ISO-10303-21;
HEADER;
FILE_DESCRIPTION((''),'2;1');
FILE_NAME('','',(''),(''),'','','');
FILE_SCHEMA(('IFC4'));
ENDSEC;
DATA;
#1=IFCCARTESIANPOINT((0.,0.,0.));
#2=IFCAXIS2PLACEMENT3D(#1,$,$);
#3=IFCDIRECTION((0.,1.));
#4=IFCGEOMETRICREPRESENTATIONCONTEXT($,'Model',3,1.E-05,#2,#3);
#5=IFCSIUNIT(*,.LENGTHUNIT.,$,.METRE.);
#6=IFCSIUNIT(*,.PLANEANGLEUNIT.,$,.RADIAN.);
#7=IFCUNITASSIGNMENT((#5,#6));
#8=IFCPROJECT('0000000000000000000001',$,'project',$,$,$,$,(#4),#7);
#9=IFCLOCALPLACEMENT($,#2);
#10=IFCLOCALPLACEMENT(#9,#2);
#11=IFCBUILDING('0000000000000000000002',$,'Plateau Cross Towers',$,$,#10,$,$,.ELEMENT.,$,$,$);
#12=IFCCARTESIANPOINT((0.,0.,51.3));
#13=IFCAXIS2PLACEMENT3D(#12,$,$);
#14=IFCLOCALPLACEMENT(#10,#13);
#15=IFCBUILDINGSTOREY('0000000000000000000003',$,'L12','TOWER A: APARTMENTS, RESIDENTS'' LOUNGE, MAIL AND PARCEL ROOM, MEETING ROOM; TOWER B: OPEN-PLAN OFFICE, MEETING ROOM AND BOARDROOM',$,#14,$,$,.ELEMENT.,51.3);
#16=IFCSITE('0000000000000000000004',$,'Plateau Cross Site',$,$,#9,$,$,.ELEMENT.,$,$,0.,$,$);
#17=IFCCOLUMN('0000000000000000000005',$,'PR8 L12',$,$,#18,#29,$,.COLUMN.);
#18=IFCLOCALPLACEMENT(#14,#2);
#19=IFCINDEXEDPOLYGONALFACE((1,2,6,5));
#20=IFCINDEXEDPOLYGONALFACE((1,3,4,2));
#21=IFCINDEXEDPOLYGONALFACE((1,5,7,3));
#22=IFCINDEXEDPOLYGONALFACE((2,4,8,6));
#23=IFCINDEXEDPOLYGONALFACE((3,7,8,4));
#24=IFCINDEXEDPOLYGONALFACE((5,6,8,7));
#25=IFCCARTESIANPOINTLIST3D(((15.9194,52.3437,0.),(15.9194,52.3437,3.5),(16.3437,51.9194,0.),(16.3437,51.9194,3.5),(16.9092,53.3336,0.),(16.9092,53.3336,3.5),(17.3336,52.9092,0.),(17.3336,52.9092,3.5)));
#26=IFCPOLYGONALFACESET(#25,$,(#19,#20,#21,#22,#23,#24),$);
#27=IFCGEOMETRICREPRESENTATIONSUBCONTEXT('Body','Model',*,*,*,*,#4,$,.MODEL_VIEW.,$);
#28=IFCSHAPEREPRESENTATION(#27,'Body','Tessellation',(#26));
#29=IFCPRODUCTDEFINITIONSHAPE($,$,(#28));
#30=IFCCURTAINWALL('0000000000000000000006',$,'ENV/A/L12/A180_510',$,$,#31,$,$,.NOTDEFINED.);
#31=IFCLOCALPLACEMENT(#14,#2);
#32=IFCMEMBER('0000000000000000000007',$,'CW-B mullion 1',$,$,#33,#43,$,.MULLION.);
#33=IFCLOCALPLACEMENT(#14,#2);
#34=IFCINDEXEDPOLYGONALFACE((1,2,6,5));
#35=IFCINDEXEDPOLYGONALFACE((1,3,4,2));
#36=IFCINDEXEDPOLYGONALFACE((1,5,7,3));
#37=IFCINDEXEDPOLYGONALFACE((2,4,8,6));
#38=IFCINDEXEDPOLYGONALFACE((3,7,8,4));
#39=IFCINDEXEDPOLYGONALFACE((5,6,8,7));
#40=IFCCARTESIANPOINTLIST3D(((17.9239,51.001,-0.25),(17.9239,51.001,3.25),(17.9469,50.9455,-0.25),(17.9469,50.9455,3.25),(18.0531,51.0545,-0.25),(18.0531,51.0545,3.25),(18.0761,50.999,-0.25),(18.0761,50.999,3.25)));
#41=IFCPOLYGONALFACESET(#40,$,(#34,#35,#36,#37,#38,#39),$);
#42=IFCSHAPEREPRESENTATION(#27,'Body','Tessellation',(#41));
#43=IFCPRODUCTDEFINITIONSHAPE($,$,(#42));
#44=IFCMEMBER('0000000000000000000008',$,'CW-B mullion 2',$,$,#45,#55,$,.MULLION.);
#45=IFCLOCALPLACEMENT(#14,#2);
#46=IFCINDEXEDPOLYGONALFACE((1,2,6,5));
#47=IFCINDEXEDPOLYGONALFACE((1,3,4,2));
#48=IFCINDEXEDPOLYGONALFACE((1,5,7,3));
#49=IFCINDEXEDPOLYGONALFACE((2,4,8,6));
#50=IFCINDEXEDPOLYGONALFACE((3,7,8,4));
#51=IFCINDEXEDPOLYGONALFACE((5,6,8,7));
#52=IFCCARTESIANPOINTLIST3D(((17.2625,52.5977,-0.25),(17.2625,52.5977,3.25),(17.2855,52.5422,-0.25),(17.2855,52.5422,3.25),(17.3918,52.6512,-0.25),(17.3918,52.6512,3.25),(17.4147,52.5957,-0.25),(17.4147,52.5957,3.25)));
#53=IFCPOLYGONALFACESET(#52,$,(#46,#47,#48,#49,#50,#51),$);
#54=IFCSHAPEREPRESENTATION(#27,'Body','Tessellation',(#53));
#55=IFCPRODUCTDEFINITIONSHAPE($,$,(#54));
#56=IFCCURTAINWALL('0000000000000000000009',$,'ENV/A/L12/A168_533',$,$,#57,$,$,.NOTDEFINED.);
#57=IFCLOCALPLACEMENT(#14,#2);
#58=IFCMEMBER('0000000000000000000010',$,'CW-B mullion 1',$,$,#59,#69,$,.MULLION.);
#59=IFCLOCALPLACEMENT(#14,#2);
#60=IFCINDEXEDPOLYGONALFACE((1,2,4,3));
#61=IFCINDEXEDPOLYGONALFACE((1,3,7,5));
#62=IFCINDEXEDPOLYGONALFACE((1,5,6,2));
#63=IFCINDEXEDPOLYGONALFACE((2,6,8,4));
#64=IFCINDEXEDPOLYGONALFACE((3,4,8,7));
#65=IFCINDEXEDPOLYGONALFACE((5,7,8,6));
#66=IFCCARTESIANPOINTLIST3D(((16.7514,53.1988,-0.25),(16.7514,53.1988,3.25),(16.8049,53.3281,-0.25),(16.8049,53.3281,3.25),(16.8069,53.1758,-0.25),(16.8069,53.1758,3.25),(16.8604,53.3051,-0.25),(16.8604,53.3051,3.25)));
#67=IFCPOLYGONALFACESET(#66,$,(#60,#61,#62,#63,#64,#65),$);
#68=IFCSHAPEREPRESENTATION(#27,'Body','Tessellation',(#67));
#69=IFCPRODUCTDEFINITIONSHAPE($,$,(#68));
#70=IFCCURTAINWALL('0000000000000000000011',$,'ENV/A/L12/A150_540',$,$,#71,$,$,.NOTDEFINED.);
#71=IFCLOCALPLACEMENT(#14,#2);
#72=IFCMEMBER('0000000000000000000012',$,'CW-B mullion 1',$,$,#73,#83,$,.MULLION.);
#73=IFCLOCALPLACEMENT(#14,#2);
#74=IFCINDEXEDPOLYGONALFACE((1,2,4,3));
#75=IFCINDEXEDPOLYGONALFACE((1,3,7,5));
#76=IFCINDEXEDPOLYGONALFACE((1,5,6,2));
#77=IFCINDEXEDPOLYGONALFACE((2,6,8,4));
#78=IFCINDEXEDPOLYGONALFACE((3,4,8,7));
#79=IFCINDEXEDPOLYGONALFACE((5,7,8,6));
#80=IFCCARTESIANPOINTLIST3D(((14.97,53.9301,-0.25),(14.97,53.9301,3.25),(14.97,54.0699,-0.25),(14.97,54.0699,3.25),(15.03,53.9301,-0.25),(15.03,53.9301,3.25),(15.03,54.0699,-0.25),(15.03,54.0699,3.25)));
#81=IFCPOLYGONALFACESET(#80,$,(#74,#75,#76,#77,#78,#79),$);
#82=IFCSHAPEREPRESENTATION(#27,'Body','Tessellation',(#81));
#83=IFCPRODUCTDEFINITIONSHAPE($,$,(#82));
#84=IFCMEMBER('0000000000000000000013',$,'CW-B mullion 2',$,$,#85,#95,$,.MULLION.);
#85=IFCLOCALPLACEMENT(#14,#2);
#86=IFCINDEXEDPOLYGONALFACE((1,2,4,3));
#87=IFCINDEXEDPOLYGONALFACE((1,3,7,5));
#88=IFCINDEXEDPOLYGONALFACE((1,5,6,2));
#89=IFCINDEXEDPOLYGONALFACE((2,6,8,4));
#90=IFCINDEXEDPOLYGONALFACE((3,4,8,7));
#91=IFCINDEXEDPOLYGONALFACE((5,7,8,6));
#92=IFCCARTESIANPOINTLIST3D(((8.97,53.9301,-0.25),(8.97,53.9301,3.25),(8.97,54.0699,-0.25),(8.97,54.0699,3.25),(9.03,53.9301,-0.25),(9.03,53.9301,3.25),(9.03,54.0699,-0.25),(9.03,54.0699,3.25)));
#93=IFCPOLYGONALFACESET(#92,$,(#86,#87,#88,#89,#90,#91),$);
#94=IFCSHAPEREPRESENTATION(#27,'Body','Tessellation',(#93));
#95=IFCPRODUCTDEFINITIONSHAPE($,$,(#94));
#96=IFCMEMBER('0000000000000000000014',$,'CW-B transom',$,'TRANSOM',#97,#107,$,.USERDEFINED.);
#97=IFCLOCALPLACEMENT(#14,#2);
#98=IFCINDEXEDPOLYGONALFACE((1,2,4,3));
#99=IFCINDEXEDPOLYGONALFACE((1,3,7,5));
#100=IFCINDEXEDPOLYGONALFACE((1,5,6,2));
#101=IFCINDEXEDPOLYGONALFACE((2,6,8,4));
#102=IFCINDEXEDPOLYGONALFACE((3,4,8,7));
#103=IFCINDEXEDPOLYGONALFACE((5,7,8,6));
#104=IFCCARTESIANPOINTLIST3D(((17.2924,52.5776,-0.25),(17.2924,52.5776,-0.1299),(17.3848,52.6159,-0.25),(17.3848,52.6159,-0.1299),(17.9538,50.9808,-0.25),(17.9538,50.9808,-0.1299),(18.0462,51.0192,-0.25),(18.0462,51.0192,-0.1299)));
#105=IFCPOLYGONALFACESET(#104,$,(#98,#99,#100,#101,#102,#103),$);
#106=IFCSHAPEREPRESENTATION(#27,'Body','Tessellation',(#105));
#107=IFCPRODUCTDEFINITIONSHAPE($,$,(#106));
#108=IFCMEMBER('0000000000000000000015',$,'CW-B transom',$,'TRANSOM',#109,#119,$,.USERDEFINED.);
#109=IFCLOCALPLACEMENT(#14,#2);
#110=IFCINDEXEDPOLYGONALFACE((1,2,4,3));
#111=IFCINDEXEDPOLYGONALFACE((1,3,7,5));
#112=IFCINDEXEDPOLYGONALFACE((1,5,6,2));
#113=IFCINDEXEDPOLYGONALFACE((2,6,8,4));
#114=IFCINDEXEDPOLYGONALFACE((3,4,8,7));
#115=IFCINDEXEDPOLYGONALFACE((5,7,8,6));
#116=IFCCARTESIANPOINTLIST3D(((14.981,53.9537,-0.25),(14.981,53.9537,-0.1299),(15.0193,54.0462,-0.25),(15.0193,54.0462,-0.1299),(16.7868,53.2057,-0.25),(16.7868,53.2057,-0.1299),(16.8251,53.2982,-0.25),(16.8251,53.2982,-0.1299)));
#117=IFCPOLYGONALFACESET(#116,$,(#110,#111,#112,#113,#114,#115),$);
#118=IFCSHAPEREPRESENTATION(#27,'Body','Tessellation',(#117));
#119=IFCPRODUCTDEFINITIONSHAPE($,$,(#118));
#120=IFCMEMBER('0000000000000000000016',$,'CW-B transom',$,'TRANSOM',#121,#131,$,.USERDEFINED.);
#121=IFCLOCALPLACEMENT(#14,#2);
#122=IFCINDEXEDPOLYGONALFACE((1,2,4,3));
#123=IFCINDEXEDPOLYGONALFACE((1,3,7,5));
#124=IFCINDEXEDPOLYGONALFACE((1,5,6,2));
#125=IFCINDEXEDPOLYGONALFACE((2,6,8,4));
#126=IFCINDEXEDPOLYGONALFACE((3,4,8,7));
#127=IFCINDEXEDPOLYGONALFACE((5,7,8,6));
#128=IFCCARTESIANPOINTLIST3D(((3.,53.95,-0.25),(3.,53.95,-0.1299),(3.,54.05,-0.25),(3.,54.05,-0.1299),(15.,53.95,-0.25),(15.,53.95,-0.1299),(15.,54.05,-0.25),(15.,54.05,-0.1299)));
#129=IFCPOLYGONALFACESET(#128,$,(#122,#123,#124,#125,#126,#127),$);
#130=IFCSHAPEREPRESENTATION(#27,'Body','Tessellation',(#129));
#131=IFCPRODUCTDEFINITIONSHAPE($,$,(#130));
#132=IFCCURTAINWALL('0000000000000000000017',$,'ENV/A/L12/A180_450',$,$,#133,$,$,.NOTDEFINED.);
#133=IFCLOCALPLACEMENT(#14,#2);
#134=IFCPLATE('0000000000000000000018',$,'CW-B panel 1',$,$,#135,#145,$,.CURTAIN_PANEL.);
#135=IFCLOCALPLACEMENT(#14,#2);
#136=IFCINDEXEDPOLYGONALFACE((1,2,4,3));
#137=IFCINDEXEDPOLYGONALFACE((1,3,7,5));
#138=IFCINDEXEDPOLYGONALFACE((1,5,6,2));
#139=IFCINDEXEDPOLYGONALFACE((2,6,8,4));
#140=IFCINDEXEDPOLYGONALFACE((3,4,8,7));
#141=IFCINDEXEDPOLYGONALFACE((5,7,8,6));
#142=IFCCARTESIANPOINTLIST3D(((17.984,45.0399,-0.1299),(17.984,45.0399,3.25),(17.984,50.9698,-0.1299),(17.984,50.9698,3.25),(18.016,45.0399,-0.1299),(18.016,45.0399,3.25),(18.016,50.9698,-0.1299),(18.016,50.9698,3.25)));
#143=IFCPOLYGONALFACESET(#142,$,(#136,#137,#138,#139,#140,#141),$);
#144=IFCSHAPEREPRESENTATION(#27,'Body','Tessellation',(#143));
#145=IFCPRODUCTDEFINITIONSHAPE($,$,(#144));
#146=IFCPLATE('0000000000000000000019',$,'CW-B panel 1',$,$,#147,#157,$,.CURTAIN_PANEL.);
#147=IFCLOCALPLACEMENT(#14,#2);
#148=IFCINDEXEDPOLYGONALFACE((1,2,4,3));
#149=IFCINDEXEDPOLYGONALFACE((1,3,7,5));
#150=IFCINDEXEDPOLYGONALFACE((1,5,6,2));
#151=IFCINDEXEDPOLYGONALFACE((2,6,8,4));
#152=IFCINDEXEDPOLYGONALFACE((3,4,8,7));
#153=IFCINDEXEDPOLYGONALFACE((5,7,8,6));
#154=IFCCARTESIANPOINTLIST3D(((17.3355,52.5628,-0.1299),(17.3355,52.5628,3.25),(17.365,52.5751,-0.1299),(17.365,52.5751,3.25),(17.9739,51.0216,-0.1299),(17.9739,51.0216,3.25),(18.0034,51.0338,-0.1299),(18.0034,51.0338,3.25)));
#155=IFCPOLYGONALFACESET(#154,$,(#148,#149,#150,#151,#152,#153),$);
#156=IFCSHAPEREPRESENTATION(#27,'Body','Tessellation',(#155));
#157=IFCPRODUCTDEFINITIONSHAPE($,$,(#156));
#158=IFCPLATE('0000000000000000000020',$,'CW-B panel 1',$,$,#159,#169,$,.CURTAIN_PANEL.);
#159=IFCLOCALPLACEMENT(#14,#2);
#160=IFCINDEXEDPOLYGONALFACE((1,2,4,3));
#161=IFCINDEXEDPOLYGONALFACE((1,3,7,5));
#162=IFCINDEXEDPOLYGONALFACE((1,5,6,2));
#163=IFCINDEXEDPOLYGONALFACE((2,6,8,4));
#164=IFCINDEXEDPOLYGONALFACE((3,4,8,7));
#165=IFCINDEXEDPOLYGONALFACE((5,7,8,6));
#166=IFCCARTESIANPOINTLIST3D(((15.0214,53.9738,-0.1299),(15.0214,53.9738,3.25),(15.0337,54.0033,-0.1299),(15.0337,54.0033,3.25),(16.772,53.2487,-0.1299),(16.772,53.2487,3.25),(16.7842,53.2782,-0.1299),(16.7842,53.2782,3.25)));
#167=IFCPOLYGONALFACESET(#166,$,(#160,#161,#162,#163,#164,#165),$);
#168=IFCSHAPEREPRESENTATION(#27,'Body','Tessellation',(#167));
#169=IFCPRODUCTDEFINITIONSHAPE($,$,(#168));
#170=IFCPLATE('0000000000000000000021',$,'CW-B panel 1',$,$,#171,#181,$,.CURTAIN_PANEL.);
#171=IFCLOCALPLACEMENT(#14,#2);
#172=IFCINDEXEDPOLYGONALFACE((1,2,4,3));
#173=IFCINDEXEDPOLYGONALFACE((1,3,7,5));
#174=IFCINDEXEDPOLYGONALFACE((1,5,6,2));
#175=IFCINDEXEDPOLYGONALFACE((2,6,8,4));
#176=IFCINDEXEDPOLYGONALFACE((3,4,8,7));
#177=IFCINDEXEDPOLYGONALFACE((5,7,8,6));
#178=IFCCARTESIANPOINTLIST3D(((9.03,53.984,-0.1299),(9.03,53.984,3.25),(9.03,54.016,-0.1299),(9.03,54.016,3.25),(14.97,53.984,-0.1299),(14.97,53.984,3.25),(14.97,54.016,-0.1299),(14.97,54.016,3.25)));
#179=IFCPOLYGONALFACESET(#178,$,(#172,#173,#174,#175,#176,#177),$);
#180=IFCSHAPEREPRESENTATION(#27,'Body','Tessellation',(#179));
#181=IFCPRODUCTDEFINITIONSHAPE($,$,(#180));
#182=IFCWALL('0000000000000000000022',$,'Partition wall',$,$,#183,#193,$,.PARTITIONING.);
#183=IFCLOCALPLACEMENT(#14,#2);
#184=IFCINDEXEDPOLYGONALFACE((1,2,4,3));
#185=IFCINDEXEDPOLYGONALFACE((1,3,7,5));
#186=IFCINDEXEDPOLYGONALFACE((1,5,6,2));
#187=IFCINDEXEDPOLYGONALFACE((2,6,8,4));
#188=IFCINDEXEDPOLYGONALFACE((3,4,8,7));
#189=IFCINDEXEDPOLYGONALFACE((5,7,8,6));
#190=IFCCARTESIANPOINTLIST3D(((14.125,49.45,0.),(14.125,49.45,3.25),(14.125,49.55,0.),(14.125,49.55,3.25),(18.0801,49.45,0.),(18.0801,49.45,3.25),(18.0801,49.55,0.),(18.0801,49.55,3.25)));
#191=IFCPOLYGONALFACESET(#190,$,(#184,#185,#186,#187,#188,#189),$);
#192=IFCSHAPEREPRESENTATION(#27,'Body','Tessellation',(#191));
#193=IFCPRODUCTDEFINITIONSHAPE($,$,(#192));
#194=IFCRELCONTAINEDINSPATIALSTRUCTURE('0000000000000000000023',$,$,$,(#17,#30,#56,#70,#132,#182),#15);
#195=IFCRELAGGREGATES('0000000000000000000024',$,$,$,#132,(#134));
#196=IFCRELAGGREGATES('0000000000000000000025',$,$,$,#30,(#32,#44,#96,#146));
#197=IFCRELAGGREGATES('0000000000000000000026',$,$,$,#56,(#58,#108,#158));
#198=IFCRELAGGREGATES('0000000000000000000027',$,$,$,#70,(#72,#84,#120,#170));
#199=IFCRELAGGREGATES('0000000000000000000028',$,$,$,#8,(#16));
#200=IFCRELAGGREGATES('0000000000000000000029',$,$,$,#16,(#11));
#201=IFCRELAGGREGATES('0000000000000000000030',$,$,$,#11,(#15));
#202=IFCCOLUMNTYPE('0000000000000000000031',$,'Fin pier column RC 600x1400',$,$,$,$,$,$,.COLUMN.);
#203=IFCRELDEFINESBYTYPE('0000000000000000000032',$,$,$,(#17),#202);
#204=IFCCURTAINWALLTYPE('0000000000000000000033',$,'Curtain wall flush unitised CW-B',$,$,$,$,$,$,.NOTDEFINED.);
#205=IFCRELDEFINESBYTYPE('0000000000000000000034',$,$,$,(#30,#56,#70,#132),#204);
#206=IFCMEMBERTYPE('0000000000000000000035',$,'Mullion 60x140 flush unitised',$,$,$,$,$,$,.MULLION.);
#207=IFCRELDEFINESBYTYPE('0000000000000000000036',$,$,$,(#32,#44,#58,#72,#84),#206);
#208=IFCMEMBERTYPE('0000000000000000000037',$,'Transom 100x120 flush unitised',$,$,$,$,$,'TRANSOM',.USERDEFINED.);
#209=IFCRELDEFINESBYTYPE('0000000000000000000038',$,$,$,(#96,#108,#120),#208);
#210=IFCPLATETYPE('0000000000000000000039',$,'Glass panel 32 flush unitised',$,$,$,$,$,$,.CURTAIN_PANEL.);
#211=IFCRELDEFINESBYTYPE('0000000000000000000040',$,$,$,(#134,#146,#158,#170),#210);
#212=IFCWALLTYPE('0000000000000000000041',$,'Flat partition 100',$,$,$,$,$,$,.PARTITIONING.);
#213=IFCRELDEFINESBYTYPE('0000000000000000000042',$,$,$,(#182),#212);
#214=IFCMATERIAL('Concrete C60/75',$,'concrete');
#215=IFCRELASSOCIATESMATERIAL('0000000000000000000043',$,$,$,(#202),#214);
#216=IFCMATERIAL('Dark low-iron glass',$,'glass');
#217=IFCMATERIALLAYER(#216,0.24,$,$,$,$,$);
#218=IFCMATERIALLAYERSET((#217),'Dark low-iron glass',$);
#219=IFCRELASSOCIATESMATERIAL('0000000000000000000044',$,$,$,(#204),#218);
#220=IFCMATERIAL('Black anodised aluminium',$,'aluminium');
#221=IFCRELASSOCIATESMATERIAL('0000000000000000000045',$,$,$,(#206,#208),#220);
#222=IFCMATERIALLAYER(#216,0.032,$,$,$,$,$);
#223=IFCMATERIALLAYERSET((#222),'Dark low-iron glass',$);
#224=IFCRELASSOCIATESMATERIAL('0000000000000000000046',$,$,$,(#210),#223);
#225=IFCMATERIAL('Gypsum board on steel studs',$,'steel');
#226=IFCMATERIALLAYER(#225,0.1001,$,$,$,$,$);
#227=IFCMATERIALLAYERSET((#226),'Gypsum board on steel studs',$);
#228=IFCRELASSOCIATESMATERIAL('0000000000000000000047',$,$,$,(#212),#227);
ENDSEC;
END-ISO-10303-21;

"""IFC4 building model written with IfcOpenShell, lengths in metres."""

from ifc_helpers import new_model, si_unit, direction, frame, frame_2d, origin, origin_2d, place, context, subcontext, project, spatial, rectangle, extrude, material, layer, layer_set, material_profile, profile_set, type_object, element, aggregate, save


model = new_model("IFC4")

# Units and contexts
model_context = context("Model", 3, precision=1e-05, world=origin(), true_north=direction((0.0, 1.0)))
body_context = subcontext(model_context, "Body", "Model", "MODEL_VIEW")
ifc_project = project(units=[si_unit("LENGTHUNIT", "METRE"), si_unit("PLANEANGLEUNIT", "RADIAN")], contexts=[model_context])

# Site, building, storey
site_placement = place(None, origin())
site = spatial("IfcSite", under=ifc_project, at=site_placement, Name="Plateau Cross Site", CompositionType="ELEMENT", RefElevation=0.0)
building_placement = place(site_placement, origin())
building = spatial("IfcBuilding", under=site, at=building_placement, Name="Plateau Cross Towers", CompositionType="ELEMENT")
storey_placement = place(building_placement, frame((0.0, 0.0, 51.3)))
storey = spatial("IfcBuildingStorey", under=building, at=storey_placement, Name="L12", Description="TOWER A: APARTMENTS, RESIDENTS' LOUNGE, MAIL AND PARCEL ROOM, MEETING ROOM; TOWER B: OPEN-PLAN OFFICE, MEETING ROOM AND BOARDROOM", CompositionType="ELEMENT", Elevation=51.3)

# Column
ifc_material_1 = material(Name="Concrete C60/75", Category="concrete")
ifc_material_profile_1 = material_profile(ifc_material_1, rectangle(XDim=0.6001, YDim=1.3999, at=origin_2d()), Name="RC 600x1400")
ifc_profile_set_1 = profile_set([ifc_material_profile_1], Name="Concrete C60/75")
column_type = type_object("IfcColumnType", Name="Fin pier column RC 600x1400", PredefinedType="COLUMN", material=ifc_profile_set_1)
column_placement = place(storey_placement, frame((16.6265, 52.6265, 0.0), z_axis=(0.0, 0.0, 1.0), x_axis=(-0.707107, 0.707107, 0.0)))
element("IfcColumn", 1, at=column_placement, inside=storey, type_object=column_type, Name="PR8 L12", PredefinedType="COLUMN", context=body_context, shape_type="SweptSolid", body=[
    extrude(rectangle(XDim=0.6001, YDim=1.3999, at=origin_2d()), origin(), (0.0, 0.0, 1.0), 3.5),
])

# Curtain wall, members
ifc_material_2 = material(Name="Dark low-iron glass", Category="glass")
ifc_layer_1 = layer(ifc_material_2, 0.24)
ifc_layer_set_1 = layer_set([ifc_layer_1], Name="Dark low-iron glass")
curtain_wall_type = type_object("IfcCurtainWallType", Name="Curtain wall flush unitised CW-B", PredefinedType="NOTDEFINED", material=ifc_layer_set_1)
curtain_wall_1_placement = place(storey_placement, origin())
curtain_wall_1 = element("IfcCurtainWall", 2, at=curtain_wall_1_placement, inside=storey, type_object=curtain_wall_type, Name="ENV/A/L12/A180_510", PredefinedType="NOTDEFINED")
ifc_material_3 = material(Name="Black anodised aluminium", Category="aluminium")
ifc_material_profile_2 = material_profile(ifc_material_3, rectangle(XDim=0.0601, YDim=0.1399, at=origin_2d()), Name="MULLION 60x140")
ifc_profile_set_2 = profile_set([ifc_material_profile_2], Name="Black anodised aluminium")
member_type_1 = type_object("IfcMemberType", Name="Mullion 60x140 flush unitised", PredefinedType="MULLION", material=ifc_profile_set_2)
member_1_placement = place(storey_placement, frame((18.0, 51.0, -0.25), z_axis=(0.0, 0.0, 1.0), x_axis=(-0.382684, 0.923879, 0.0)))
member_1 = element("IfcMember", 3, at=member_1_placement, type_object=member_type_1, Name="CW-B mullion 1", PredefinedType="MULLION", context=body_context, shape_type="SweptSolid", body=[
    extrude(rectangle(XDim=0.0601, YDim=0.1399, at=origin_2d()), origin(), (0.0, 0.0, 1.0), 3.5),
])
member_2_placement = place(storey_placement, frame((17.3386, 52.5967, -0.25), z_axis=(0.0, 0.0, 1.0), x_axis=(-0.382684, 0.923879, 0.0)))
member_2 = element("IfcMember", 4, at=member_2_placement, type_object=member_type_1, Name="CW-B mullion 2", PredefinedType="MULLION", context=body_context, shape_type="SweptSolid", body=[
    extrude(rectangle(XDim=0.0601, YDim=0.1399, at=origin_2d()), origin(), (0.0, 0.0, 1.0), 3.5),
])

# Curtain wall, member
curtain_wall_2_placement = place(storey_placement, origin())
curtain_wall_2 = element("IfcCurtainWall", 5, at=curtain_wall_2_placement, inside=storey, type_object=curtain_wall_type, Name="ENV/A/L12/A168_533", PredefinedType="NOTDEFINED")
member_3_placement = place(storey_placement, frame((16.8059, 53.252, -0.25), z_axis=(0.0, 0.0, 1.0), x_axis=(-0.923879, 0.382684, 0.0)))
member_3 = element("IfcMember", 6, at=member_3_placement, type_object=member_type_1, Name="CW-B mullion 1", PredefinedType="MULLION", context=body_context, shape_type="SweptSolid", body=[
    extrude(rectangle(XDim=0.0601, YDim=0.1399, at=origin_2d()), origin(), (0.0, 0.0, 1.0), 3.5),
])

# Curtain wall, members
curtain_wall_3_placement = place(storey_placement, origin())
curtain_wall_3 = element("IfcCurtainWall", 7, at=curtain_wall_3_placement, inside=storey, type_object=curtain_wall_type, Name="ENV/A/L12/A150_540", PredefinedType="NOTDEFINED")
member_4_placement = place(storey_placement, frame((15.0, 54.0, -0.25), z_axis=(0.0, 0.0, 1.0), x_axis=(-1.0, 0.0, 0.0)))
member_4 = element("IfcMember", 8, at=member_4_placement, type_object=member_type_1, Name="CW-B mullion 1", PredefinedType="MULLION", context=body_context, shape_type="SweptSolid", body=[
    extrude(rectangle(XDim=0.0601, YDim=0.1399, at=origin_2d()), origin(), (0.0, 0.0, 1.0), 3.5),
])
member_5_placement = place(storey_placement, frame((9.0, 54.0, -0.25), z_axis=(0.0, 0.0, 1.0), x_axis=(-1.0, 0.0, 0.0)))
member_5 = element("IfcMember", 9, at=member_5_placement, type_object=member_type_1, Name="CW-B mullion 2", PredefinedType="MULLION", context=body_context, shape_type="SweptSolid", body=[
    extrude(rectangle(XDim=0.0601, YDim=0.1399, at=origin_2d()), origin(), (0.0, 0.0, 1.0), 3.5),
])

# Members
ifc_material_profile_3 = material_profile(ifc_material_3, rectangle(XDim=0.1001, YDim=0.1201, at=origin_2d()), Name="TRANSOM 100x120")
ifc_profile_set_3 = profile_set([ifc_material_profile_3], Name="Black anodised aluminium")
member_type_2 = type_object("IfcMemberType", Name="Transom 100x120 flush unitised", ElementType="TRANSOM", PredefinedType="USERDEFINED", material=ifc_profile_set_3)
member_6_placement = place(storey_placement, frame((18.0, 51.0, -0.1899), z_axis=(-0.382689, 0.923877, 0.0), x_axis=(-0.923877, -0.382689, 0.0)))
member_6 = element("IfcMember", 10, at=member_6_placement, type_object=member_type_2, Name="CW-B transom", ObjectType="TRANSOM", PredefinedType="USERDEFINED", context=body_context, shape_type="SweptSolid", body=[
    extrude(rectangle(XDim=0.1001, YDim=0.1201, at=origin_2d()), origin(), (0.0, 0.0, 1.0), 1.7283),
])
member_7_placement = place(storey_placement, frame((16.8059, 53.252, -0.1899), z_axis=(-0.923877, 0.38269, 0.0), x_axis=(-0.38269, -0.923877, 0.0)))
member_7 = element("IfcMember", 11, at=member_7_placement, type_object=member_type_2, Name="CW-B transom", ObjectType="TRANSOM", PredefinedType="USERDEFINED", context=body_context, shape_type="SweptSolid", body=[
    extrude(rectangle(XDim=0.1001, YDim=0.1201, at=origin_2d()), origin(), (0.0, 0.0, 1.0), 1.9546),
])
member_8_placement = place(storey_placement, frame((15.0, 54.0, -0.1899), z_axis=(-1.0, 0.0, 0.0), x_axis=(0.0, -1.0, 0.0)))
member_8 = element("IfcMember", 12, at=member_8_placement, type_object=member_type_2, Name="CW-B transom", ObjectType="TRANSOM", PredefinedType="USERDEFINED", context=body_context, shape_type="SweptSolid", body=[
    extrude(rectangle(XDim=0.1001, YDim=0.1201, at=origin_2d()), origin(), (0.0, 0.0, 1.0), 12.0),
])

# Curtain wall, plate
curtain_wall_4_placement = place(storey_placement, origin())
curtain_wall_4 = element("IfcCurtainWall", 13, at=curtain_wall_4_placement, inside=storey, type_object=curtain_wall_type, Name="ENV/A/L12/A180_450", PredefinedType="NOTDEFINED")
ifc_layer_2 = layer(ifc_material_2, 0.032)
ifc_layer_set_2 = layer_set([ifc_layer_2], Name="Dark low-iron glass")
plate_type = type_object("IfcPlateType", Name="Glass panel 32 flush unitised", PredefinedType="CURTAIN_PANEL", material=ifc_layer_set_2)
plate_1_placement = place(storey_placement, frame((18.0, 48.0049, -0.1299), z_axis=(0.0, 0.0, 1.0), x_axis=(0.0, 1.0, 0.0)))
plate_1 = element("IfcPlate", 14, at=plate_1_placement, type_object=plate_type, Name="CW-B panel 1", PredefinedType="CURTAIN_PANEL", context=body_context, shape_type="SweptSolid", body=[
    extrude(rectangle(XDim=5.9299, YDim=0.032, at=origin_2d()), origin(), (0.0, 0.0, 1.0), 3.3799),
])
aggregate(curtain_wall_4, [plate_1])

# Plates
plate_2_placement = place(storey_placement, frame((17.6694, 51.7983, -0.1299), z_axis=(0.0, 0.0, 1.0), x_axis=(-0.382684, 0.923879, 0.0)))
plate_2 = element("IfcPlate", 15, at=plate_2_placement, type_object=plate_type, Name="CW-B panel 1", PredefinedType="CURTAIN_PANEL", context=body_context, shape_type="SweptSolid", body=[
    extrude(rectangle(XDim=1.6682, YDim=0.032, at=origin_2d()), origin(), (0.0, 0.0, 1.0), 3.3799),
])
aggregate(curtain_wall_1, [member_1, member_2, member_6, plate_2])
plate_3_placement = place(storey_placement, frame((15.9028, 53.626, -0.1299), z_axis=(0.0, 0.0, 1.0), x_axis=(-0.923879, 0.382684, 0.0)))
plate_3 = element("IfcPlate", 16, at=plate_3_placement, type_object=plate_type, Name="CW-B panel 1", PredefinedType="CURTAIN_PANEL", context=body_context, shape_type="SweptSolid", body=[
    extrude(rectangle(XDim=1.8948, YDim=0.032, at=origin_2d()), origin(), (0.0, 0.0, 1.0), 3.3799),
])
aggregate(curtain_wall_2, [member_3, member_7, plate_3])
plate_4_placement = place(storey_placement, frame((12.0, 54.0, -0.1299), z_axis=(0.0, 0.0, 1.0), x_axis=(-1.0, 0.0, 0.0)))
plate_4 = element("IfcPlate", 17, at=plate_4_placement, type_object=plate_type, Name="CW-B panel 1", PredefinedType="CURTAIN_PANEL", context=body_context, shape_type="SweptSolid", body=[
    extrude(rectangle(XDim=5.9399, YDim=0.032, at=origin_2d()), origin(), (0.0, 0.0, 1.0), 3.3799),
])
aggregate(curtain_wall_3, [member_4, member_5, member_8, plate_4])

# Wall
ifc_material_4 = material(Name="Gypsum board on steel studs", Category="steel")
ifc_layer_3 = layer(ifc_material_4, 0.1001)
ifc_layer_set_3 = layer_set([ifc_layer_3], Name="Gypsum board on steel studs")
wall_type = type_object("IfcWallType", Name="Flat partition 100", PredefinedType="PARTITIONING", material=ifc_layer_set_3)
wall_1_placement = place(storey_placement, frame((18.0801, 49.5, 0.0), z_axis=(0.0, 0.0, 1.0), x_axis=(-1.0, 0.0, 0.0)))
element("IfcWall", 18, at=wall_1_placement, inside=storey, type_object=wall_type, Name="Partition wall", PredefinedType="PARTITIONING", context=body_context, shape_type="SweptSolid", body=[
    extrude(rectangle(XDim=3.9551, YDim=0.1001, at=frame_2d((1.9775, 0.0))), origin(), (0.0, 0.0, 1.0), 3.25),
])

save(model, "model.ifc")
